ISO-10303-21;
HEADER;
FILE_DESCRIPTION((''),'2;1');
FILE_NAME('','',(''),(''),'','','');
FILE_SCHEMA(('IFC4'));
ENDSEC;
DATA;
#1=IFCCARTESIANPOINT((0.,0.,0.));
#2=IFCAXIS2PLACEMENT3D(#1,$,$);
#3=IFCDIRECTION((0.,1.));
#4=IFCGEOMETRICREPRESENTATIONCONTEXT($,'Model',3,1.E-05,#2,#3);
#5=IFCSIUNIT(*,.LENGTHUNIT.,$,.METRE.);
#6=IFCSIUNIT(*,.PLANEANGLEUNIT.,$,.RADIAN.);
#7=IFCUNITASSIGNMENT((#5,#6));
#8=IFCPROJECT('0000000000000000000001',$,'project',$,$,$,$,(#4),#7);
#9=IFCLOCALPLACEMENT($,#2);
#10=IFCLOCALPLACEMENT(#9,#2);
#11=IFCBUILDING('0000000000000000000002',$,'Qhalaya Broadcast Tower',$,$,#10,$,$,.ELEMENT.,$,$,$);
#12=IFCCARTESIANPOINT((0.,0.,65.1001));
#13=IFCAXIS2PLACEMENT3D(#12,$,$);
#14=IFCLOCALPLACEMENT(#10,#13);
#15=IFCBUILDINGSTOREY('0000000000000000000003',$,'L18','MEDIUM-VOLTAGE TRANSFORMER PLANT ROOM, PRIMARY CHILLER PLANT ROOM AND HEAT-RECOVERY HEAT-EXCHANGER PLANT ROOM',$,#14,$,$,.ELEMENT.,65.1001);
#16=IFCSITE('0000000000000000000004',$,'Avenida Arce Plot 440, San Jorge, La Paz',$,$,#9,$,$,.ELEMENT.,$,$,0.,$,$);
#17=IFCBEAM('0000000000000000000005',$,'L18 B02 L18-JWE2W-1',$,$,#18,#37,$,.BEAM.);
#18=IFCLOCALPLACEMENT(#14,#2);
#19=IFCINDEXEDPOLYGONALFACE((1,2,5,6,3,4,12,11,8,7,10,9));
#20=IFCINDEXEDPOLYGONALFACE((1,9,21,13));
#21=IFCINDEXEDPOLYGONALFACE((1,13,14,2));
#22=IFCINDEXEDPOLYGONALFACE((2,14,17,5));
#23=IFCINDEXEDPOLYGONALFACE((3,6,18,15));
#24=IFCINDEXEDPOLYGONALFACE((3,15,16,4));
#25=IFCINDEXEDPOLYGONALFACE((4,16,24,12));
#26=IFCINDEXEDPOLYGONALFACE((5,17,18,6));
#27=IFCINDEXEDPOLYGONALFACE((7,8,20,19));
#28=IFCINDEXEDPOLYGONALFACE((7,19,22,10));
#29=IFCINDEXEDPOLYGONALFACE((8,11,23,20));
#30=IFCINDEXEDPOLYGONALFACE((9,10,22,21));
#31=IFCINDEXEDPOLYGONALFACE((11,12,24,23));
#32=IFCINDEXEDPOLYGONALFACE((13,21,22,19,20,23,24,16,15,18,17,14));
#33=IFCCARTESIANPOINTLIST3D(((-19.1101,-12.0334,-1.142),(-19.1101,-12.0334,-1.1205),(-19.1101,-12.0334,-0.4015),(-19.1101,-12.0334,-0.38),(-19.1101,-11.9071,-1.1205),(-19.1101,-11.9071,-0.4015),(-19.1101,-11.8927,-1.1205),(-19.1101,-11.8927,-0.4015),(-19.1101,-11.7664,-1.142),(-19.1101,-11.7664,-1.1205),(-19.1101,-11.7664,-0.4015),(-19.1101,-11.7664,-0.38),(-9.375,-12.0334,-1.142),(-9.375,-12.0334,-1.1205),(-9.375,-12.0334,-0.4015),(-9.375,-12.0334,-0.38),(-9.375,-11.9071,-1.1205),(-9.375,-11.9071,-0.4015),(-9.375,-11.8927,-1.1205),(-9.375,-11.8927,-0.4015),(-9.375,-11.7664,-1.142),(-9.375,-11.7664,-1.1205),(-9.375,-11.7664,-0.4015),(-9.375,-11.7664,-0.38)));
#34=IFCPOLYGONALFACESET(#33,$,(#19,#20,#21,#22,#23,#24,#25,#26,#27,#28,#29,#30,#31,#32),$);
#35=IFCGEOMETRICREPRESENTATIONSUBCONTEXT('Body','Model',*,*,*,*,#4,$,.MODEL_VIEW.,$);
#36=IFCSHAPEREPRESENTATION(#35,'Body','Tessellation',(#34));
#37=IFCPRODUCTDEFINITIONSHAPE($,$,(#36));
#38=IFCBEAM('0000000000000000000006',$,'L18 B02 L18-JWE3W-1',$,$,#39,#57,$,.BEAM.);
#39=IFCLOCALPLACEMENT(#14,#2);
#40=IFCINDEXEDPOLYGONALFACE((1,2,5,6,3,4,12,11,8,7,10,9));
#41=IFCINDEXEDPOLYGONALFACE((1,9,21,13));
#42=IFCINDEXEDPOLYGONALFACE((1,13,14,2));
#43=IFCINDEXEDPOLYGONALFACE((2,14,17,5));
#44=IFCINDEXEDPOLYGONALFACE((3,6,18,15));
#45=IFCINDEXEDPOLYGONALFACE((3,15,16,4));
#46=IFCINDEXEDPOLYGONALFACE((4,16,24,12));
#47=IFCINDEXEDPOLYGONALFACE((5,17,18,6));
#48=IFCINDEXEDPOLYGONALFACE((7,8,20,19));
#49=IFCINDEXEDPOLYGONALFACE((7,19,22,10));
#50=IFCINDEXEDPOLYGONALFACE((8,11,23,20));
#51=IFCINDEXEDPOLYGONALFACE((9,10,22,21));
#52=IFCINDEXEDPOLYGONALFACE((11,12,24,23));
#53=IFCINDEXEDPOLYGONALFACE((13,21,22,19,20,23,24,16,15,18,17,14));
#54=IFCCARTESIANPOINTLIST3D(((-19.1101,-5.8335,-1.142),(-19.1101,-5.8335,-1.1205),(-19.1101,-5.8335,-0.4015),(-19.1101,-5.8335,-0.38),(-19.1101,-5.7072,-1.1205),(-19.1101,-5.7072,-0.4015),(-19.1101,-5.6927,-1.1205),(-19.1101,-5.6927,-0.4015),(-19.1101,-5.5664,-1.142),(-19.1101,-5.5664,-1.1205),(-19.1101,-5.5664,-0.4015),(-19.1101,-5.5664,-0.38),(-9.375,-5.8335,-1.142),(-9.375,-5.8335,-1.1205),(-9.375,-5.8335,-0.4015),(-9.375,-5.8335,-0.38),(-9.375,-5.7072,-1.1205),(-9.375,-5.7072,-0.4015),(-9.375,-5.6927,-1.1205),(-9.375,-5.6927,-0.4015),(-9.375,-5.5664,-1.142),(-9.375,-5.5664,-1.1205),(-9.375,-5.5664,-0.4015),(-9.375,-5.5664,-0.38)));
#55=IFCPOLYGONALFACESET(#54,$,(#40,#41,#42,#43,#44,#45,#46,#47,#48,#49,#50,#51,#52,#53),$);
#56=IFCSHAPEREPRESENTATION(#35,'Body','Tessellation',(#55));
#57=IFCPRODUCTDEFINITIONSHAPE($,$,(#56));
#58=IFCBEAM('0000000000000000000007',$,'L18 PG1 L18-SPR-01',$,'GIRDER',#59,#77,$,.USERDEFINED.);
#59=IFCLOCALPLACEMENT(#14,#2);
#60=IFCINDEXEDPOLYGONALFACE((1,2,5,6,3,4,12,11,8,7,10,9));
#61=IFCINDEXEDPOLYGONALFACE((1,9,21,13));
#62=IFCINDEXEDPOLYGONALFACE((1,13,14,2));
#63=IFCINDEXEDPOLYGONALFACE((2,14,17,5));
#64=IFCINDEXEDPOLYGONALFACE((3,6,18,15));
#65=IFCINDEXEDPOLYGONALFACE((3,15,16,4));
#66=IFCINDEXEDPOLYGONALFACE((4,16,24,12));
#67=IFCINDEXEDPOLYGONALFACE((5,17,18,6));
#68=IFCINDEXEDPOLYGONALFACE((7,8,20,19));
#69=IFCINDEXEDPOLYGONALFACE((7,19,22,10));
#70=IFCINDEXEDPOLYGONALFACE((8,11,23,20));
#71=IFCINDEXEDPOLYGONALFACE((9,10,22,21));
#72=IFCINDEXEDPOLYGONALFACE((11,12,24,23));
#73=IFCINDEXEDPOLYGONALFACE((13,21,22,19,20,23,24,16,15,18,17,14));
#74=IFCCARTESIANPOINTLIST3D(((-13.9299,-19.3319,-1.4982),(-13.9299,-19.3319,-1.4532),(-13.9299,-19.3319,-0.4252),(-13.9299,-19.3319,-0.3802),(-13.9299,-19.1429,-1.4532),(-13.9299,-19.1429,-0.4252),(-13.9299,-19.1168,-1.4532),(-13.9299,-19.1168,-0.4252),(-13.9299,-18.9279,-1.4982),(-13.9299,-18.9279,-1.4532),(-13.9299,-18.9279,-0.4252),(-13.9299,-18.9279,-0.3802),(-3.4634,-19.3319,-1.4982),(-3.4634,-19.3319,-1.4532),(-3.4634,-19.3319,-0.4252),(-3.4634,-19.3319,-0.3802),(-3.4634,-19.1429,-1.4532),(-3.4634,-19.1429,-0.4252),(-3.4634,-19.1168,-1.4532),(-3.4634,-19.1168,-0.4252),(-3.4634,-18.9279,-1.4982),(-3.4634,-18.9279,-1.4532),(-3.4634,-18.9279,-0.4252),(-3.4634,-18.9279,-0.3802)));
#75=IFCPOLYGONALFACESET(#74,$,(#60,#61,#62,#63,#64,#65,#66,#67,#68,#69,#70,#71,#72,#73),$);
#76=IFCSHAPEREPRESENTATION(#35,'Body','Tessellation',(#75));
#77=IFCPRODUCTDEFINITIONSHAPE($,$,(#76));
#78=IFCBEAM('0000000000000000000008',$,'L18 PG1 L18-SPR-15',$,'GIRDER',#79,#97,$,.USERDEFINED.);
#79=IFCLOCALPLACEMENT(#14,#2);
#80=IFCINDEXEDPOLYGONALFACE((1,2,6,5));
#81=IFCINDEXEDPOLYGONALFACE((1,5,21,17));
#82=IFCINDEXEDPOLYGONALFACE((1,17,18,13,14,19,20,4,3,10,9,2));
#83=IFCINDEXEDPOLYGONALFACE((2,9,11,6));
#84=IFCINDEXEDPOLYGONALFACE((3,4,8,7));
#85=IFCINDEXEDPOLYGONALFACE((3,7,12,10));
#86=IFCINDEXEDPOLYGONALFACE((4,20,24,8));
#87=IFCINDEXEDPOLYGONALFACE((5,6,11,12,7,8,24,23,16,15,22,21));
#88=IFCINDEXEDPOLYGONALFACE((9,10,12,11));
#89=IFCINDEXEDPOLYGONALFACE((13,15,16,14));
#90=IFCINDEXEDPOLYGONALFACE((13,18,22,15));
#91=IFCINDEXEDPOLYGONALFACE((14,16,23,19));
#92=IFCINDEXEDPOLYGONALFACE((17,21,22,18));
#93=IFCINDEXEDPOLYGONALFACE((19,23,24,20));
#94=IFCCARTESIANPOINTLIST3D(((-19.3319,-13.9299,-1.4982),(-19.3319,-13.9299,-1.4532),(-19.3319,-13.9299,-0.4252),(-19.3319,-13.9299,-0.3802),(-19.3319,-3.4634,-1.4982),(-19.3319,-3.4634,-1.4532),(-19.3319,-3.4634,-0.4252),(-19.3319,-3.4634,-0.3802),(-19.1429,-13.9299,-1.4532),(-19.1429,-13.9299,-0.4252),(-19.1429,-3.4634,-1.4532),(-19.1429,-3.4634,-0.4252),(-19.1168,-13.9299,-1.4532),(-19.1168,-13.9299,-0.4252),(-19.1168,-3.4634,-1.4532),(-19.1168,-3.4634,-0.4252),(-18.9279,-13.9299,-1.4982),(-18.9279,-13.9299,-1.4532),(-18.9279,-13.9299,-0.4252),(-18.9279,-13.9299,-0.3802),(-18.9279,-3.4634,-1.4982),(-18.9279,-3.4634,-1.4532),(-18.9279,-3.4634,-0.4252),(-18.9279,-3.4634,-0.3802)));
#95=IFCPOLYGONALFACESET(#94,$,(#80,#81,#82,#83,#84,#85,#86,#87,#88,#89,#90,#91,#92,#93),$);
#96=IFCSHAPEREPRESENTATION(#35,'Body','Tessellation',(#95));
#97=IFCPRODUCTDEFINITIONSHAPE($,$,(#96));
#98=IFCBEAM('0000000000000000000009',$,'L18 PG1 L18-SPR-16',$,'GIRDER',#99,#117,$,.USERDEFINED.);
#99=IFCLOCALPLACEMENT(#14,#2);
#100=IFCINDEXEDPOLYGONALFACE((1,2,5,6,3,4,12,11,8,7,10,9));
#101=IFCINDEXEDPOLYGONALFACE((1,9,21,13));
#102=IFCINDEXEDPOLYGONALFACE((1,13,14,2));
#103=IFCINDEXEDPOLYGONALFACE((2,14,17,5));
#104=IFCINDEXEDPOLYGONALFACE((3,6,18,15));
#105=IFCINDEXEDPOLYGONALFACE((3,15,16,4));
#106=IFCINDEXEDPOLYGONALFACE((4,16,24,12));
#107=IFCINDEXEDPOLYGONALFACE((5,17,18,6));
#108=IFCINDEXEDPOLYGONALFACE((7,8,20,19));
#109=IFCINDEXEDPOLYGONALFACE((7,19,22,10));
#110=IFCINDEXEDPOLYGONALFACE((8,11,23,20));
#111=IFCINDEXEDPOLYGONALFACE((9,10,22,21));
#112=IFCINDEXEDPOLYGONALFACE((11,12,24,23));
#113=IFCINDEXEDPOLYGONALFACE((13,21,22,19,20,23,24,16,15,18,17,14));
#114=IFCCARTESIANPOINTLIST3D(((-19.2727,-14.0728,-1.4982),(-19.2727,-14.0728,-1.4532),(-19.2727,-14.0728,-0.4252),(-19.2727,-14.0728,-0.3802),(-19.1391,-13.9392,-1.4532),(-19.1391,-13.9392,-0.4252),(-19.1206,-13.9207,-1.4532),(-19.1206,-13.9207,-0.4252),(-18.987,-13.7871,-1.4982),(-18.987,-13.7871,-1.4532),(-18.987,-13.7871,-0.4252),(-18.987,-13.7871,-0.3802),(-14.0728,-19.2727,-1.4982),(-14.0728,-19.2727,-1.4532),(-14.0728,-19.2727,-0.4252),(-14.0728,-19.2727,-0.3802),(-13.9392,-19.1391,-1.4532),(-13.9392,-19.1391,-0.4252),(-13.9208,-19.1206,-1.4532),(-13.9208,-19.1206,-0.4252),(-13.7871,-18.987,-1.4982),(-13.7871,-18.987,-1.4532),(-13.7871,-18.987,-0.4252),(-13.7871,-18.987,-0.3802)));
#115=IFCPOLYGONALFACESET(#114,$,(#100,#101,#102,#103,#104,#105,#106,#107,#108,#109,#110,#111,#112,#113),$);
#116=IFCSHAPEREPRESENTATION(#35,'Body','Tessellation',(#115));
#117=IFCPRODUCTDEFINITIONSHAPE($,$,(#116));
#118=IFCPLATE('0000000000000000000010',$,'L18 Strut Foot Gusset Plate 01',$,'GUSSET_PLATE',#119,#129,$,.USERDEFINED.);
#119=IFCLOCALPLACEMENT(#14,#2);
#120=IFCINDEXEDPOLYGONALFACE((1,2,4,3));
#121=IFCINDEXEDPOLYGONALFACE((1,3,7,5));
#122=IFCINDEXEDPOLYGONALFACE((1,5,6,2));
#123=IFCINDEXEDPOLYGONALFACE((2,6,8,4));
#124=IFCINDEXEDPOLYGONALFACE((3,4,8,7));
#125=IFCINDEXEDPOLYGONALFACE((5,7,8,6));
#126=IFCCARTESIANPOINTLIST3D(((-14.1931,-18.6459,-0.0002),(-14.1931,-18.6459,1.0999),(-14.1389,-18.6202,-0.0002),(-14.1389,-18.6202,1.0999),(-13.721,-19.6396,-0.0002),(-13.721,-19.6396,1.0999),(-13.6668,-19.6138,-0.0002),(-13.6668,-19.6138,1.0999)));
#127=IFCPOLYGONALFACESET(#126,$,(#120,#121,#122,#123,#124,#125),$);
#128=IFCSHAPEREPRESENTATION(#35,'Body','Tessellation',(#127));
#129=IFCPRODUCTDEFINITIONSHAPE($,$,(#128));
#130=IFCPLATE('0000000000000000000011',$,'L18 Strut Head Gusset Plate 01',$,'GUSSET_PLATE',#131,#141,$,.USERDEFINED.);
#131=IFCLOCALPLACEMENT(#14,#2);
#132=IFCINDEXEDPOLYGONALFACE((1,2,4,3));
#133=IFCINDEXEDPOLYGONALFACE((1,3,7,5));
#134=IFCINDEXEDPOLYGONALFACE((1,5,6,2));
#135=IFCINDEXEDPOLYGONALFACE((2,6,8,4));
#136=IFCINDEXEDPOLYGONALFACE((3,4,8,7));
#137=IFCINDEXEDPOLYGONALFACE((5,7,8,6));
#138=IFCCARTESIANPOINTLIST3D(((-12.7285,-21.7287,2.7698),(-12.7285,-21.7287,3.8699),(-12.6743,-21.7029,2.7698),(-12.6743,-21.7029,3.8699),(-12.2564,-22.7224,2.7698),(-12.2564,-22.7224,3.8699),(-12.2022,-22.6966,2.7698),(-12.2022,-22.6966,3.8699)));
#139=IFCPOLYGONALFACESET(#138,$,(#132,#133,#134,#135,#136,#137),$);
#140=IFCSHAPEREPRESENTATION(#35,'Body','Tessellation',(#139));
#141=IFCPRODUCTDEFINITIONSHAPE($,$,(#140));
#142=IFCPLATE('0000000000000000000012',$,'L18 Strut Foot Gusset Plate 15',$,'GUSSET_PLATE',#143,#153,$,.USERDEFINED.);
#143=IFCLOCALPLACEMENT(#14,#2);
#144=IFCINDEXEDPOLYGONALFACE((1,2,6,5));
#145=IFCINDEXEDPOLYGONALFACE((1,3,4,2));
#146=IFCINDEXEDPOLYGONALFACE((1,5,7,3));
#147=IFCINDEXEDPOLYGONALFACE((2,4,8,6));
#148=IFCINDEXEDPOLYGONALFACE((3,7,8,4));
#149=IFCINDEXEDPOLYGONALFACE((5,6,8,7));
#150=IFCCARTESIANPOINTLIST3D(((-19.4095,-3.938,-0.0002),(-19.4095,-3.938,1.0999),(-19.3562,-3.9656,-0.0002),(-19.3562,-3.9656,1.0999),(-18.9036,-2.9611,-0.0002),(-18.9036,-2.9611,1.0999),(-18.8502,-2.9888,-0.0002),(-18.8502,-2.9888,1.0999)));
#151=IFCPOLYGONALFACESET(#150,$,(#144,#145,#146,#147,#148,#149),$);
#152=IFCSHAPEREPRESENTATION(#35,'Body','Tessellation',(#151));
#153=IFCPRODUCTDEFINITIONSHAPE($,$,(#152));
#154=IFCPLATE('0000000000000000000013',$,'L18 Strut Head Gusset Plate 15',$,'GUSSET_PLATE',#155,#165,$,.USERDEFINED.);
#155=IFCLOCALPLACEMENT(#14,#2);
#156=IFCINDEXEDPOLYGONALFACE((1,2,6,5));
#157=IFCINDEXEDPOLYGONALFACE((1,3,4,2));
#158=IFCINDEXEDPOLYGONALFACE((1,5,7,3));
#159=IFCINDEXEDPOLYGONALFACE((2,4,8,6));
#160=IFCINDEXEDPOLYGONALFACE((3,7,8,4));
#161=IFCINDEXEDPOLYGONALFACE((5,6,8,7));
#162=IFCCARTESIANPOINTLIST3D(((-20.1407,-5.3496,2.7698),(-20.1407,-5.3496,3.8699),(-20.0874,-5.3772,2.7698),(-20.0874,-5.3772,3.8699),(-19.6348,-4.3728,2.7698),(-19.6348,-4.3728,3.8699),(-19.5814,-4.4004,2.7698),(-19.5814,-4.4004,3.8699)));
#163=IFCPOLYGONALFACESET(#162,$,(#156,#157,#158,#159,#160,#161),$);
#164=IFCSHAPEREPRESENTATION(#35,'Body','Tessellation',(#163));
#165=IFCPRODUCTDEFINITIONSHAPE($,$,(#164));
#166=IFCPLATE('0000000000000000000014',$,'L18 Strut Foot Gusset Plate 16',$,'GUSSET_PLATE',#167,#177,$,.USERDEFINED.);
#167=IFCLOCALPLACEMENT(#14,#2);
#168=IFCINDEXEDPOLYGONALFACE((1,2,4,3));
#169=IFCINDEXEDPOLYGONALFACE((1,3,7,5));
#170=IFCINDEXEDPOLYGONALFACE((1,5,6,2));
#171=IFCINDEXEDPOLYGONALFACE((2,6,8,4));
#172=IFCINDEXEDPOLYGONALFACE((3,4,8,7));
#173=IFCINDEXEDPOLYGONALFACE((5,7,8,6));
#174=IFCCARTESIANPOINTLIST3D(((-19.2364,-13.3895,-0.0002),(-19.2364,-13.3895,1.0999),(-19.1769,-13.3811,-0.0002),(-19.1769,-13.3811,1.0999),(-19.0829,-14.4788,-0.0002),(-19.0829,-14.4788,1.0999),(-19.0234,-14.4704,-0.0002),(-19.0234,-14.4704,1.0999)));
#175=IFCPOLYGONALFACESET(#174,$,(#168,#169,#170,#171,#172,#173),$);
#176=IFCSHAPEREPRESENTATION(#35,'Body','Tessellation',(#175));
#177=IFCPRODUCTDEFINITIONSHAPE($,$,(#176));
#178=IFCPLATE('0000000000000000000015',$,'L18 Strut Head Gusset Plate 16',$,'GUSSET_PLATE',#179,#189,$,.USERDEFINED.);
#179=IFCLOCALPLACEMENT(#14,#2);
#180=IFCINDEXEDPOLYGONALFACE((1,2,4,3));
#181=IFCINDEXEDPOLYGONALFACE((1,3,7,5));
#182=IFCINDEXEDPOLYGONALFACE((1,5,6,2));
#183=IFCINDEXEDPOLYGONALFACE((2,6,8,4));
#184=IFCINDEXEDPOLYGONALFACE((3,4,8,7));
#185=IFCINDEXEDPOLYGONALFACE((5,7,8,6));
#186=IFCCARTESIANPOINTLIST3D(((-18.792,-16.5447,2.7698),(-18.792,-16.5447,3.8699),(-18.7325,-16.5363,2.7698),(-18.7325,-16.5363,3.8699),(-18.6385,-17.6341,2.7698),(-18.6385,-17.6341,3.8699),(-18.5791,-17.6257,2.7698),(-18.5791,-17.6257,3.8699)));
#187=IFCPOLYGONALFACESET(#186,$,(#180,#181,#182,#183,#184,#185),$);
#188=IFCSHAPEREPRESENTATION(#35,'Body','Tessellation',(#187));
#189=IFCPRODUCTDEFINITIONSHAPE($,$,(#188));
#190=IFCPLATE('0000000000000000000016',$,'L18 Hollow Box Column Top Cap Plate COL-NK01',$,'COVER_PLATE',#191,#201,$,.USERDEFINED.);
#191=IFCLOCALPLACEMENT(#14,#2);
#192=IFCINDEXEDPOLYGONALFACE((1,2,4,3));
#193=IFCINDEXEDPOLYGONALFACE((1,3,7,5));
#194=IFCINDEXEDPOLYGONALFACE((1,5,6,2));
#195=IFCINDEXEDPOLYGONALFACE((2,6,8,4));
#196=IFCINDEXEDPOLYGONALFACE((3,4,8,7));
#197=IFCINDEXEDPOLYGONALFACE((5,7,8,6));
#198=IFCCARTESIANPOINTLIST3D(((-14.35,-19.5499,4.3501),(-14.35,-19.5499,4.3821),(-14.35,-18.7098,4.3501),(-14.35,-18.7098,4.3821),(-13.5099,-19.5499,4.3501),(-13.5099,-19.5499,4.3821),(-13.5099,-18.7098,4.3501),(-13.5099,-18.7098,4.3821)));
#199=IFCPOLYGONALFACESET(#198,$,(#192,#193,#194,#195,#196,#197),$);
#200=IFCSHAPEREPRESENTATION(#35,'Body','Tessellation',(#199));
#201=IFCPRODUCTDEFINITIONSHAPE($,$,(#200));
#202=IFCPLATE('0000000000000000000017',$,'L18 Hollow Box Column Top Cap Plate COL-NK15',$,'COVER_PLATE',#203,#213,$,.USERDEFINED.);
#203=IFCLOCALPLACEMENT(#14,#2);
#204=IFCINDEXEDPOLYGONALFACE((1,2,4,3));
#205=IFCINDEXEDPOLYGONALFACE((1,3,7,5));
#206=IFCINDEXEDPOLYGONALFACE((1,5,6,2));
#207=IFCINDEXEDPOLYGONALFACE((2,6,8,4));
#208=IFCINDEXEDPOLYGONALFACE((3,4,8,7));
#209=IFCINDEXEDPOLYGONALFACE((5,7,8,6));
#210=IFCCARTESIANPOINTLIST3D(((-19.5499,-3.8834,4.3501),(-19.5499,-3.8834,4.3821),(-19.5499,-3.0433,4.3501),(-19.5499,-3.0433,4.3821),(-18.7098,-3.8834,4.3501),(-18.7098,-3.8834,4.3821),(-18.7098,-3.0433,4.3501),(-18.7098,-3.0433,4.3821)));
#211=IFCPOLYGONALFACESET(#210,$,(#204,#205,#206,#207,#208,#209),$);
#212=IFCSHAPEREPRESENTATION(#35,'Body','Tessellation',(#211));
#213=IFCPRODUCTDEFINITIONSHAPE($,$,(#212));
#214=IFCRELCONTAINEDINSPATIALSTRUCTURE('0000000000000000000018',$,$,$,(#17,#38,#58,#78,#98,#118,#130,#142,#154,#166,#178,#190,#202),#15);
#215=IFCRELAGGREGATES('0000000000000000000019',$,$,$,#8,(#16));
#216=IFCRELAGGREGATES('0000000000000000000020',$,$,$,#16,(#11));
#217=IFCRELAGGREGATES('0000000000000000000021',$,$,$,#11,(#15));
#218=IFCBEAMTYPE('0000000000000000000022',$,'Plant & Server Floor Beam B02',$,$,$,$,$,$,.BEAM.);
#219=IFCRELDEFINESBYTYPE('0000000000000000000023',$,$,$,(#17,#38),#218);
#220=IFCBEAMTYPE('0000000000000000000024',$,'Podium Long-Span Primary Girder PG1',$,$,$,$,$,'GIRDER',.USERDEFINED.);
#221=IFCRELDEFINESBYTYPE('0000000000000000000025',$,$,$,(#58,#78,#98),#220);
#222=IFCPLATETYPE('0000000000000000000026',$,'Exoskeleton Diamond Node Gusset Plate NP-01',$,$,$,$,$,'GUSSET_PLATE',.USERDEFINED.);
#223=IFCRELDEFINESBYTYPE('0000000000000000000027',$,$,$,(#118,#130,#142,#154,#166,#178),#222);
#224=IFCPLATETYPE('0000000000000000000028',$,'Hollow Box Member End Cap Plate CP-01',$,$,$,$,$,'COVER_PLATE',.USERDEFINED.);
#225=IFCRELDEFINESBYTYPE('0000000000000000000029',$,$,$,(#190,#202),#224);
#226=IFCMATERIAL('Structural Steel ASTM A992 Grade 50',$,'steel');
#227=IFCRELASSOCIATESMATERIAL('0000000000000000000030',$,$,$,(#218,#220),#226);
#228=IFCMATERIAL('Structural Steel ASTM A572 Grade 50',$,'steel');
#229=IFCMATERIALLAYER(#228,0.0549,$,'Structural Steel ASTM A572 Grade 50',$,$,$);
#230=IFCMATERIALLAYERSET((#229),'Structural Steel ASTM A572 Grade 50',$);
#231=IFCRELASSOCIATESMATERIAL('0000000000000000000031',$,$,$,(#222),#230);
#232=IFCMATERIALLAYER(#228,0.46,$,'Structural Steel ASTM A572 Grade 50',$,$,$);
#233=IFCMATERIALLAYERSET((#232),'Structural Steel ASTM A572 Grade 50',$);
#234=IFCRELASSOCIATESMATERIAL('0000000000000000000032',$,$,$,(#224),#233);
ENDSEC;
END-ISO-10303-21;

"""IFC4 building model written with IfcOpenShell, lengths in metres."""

from ifc_helpers import new_model, si_unit, direction, frame, origin, origin_2d, place, context, subcontext, project, spatial, rectangle, i_section, extrude, material, layer, layer_set, material_profile, profile_set, type_object, element, save


model = new_model("IFC4")

# Units and contexts
model_context = context("Model", 3, precision=1e-05, world=origin(), true_north=direction((0.0, 1.0)))
body_context = subcontext(model_context, "Body", "Model", "MODEL_VIEW")
ifc_project = project(units=[si_unit("LENGTHUNIT", "METRE"), si_unit("PLANEANGLEUNIT", "RADIAN")], contexts=[model_context])

# Site, building, storey
site_placement = place(None, origin())
site = spatial("IfcSite", under=ifc_project, at=site_placement, Name="Avenida Arce Plot 440, San Jorge, La Paz", CompositionType="ELEMENT", RefElevation=0.0)
building_placement = place(site_placement, origin())
building = spatial("IfcBuilding", under=site, at=building_placement, Name="Qhalaya Broadcast Tower", CompositionType="ELEMENT")
storey_placement = place(building_placement, frame((0.0, 0.0, 65.1001)))
storey = spatial("IfcBuildingStorey", under=building, at=storey_placement, Name="L18", Description="MEDIUM-VOLTAGE TRANSFORMER PLANT ROOM, PRIMARY CHILLER PLANT ROOM AND HEAT-RECOVERY HEAT-EXCHANGER PLANT ROOM", CompositionType="ELEMENT", Elevation=65.1001)

# Shared definitions
ifc_material_1 = material(Name="Structural Steel ASTM A992 Grade 50", Category="steel")
ifc_material_2 = material(Name="Structural Steel ASTM A572 Grade 50", Category="steel")

# Beams
ifc_material_profile_1 = material_profile(ifc_material_1, i_section(OverallWidth=0.2671, OverallDepth=0.762, WebThickness=0.0144, FlangeThickness=0.0215, at=origin_2d()), Name="W30X116")
ifc_profile_set_1 = profile_set([ifc_material_profile_1], Name="Structural Steel ASTM A992 Grade 50")
beam_type_1 = type_object("IfcBeamType", Name="Plant & Server Floor Beam B02", PredefinedType="BEAM", material=ifc_profile_set_1)
for number, where, z_axis, x_axis, name in (
    (1, (-19.1101, -11.8999, -0.761), (1.0, 0.0, 0.0), (0.0, 1.0, 0.0), "L18 B02 L18-JWE2W-1"),
    (2, (-19.1101, -5.7, -0.761), (1.0, 0.0, 0.0), (0.0, 1.0, 0.0), "L18 B02 L18-JWE3W-1"),
):
    element("IfcBeam", number, at=place(storey_placement, frame(where, z_axis=z_axis, x_axis=x_axis)), inside=storey, type_object=beam_type_1, Name=name, PredefinedType="BEAM", context=body_context, shape_type="SweptSolid", body=[
        extrude(i_section(OverallWidth=0.2671, OverallDepth=0.762, WebThickness=0.0144, FlangeThickness=0.0215, at=origin_2d()), origin(), (0.0, 0.0, 1.0), 9.7351),
    ])
ifc_material_profile_2 = material_profile(ifc_material_1, i_section(OverallWidth=0.4041, OverallDepth=1.1179, WebThickness=0.0261, FlangeThickness=0.0449, at=origin_2d()), Name="W44X335")
ifc_profile_set_2 = profile_set([ifc_material_profile_2], Name="Structural Steel ASTM A992 Grade 50")
beam_type_2 = type_object("IfcBeamType", Name="Podium Long-Span Primary Girder PG1", ElementType="GIRDER", PredefinedType="USERDEFINED", material=ifc_profile_set_2)
for number, where, z_axis, x_axis, name in (
    (3, (-13.9299, -19.1299, -0.9392), (1.0, 0.0, 0.0), (0.0, 1.0, 0.0), "L18 PG1 L18-SPR-01"),
    (4, (-19.1299, -3.4634, -0.9392), (0.0, -1.0, 0.0), (1.0, 0.0, 0.0), "L18 PG1 L18-SPR-15"),
):
    element("IfcBeam", number, at=place(storey_placement, frame(where, z_axis=z_axis, x_axis=x_axis)), inside=storey, type_object=beam_type_2, Name=name, ObjectType="GIRDER", PredefinedType="USERDEFINED", context=body_context, shape_type="SweptSolid", body=[
        extrude(i_section(OverallWidth=0.4041, OverallDepth=1.1179, WebThickness=0.0261, FlangeThickness=0.0449, at=origin_2d()), origin(), (0.0, 0.0, 1.0), 10.4666),
    ])
beam_1_placement = place(storey_placement, frame((-19.1299, -13.9299, -0.9392), z_axis=(0.707107, -0.707107, 0.0), x_axis=(0.707107, 0.707107, 0.0)))
element("IfcBeam", 5, at=beam_1_placement, inside=storey, type_object=beam_type_2, Name="L18 PG1 L18-SPR-16", ObjectType="GIRDER", PredefinedType="USERDEFINED", context=body_context, shape_type="SweptSolid", body=[
    extrude(i_section(OverallWidth=0.4041, OverallDepth=1.1179, WebThickness=0.0261, FlangeThickness=0.0449, at=origin_2d()), origin(), (0.0, 0.0, 1.0), 7.3538),
])

# Plates
ifc_layer_1 = layer(ifc_material_2, 0.0549, Name="Structural Steel ASTM A572 Grade 50")
ifc_layer_set_1 = layer_set([ifc_layer_1], Name="Structural Steel ASTM A572 Grade 50")
plate_type_1 = type_object("IfcPlateType", Name="Exoskeleton Diamond Node Gusset Plate NP-01", ElementType="GUSSET_PLATE", PredefinedType="USERDEFINED", material=ifc_layer_set_1)
for number, where, z_axis, x_axis, name in (
    (6, (-13.9299, -19.1299, -0.0002), (0.0, 0.0, 1.0), (0.42914, -0.903238, 0.0), "L18 Strut Foot Gusset Plate 01"),
    (7, (-12.4653, -22.2126, 2.7698), (0.0, 0.0, 1.0), (0.42914, -0.903238, 0.0), "L18 Strut Head Gusset Plate 01"),
    (8, (-19.1299, -3.4634, -0.0002), (0.0, 0.0, 1.0), (-0.459921, -0.88796, 0.0), "L18 Strut Foot Gusset Plate 15"),
    (9, (-19.8611, -4.875, 2.7698), (0.0, 0.0, 1.0), (-0.459921, -0.88796, 0.0), "L18 Strut Head Gusset Plate 15"),
    (10, (-19.1299, -13.9299, -0.0002), (0.0, 0.0, 1.0), (0.139501, -0.990222, 0.0), "L18 Strut Foot Gusset Plate 16"),
    (11, (-18.6855, -17.0852, 2.7698), (0.0, 0.0, 1.0), (0.139501, -0.990222, 0.0), "L18 Strut Head Gusset Plate 16"),
):
    element("IfcPlate", number, at=place(storey_placement, frame(where, z_axis=z_axis, x_axis=x_axis)), inside=storey, type_object=plate_type_1, Name=name, ObjectType="GUSSET_PLATE", PredefinedType="USERDEFINED", context=body_context, shape_type="SweptSolid", body=[
        extrude(rectangle(XDim=1.1001, YDim=0.0601, at=origin_2d()), origin(), (0.0, 0.0, 1.0), 1.1001),
    ])
ifc_layer_2 = layer(ifc_material_2, 0.46, Name="Structural Steel ASTM A572 Grade 50")
ifc_layer_set_2 = layer_set([ifc_layer_2], Name="Structural Steel ASTM A572 Grade 50")
plate_type_2 = type_object("IfcPlateType", Name="Hollow Box Member End Cap Plate CP-01", ElementType="COVER_PLATE", PredefinedType="USERDEFINED", material=ifc_layer_set_2)
for number, where, z_axis, x_axis, name in (
    (12, (-13.9299, -19.1299, 4.3501), (0.0, 0.0, 1.0), (1.0, 0.0, 0.0), "L18 Hollow Box Column Top Cap Plate COL-NK01"),
    (13, (-19.1299, -3.4634, 4.3501), (0.0, 0.0, 1.0), (0.0, 1.0, 0.0), "L18 Hollow Box Column Top Cap Plate COL-NK15"),
):
    element("IfcPlate", number, at=place(storey_placement, frame(where, z_axis=z_axis, x_axis=x_axis)), inside=storey, type_object=plate_type_2, Name=name, ObjectType="COVER_PLATE", PredefinedType="USERDEFINED", context=body_context, shape_type="SweptSolid", body=[
        extrude(rectangle(XDim=0.8401, YDim=0.8401, at=origin_2d()), origin(), (0.0, 0.0, 1.0), 0.032),
    ])

save(model, "model.ifc")
